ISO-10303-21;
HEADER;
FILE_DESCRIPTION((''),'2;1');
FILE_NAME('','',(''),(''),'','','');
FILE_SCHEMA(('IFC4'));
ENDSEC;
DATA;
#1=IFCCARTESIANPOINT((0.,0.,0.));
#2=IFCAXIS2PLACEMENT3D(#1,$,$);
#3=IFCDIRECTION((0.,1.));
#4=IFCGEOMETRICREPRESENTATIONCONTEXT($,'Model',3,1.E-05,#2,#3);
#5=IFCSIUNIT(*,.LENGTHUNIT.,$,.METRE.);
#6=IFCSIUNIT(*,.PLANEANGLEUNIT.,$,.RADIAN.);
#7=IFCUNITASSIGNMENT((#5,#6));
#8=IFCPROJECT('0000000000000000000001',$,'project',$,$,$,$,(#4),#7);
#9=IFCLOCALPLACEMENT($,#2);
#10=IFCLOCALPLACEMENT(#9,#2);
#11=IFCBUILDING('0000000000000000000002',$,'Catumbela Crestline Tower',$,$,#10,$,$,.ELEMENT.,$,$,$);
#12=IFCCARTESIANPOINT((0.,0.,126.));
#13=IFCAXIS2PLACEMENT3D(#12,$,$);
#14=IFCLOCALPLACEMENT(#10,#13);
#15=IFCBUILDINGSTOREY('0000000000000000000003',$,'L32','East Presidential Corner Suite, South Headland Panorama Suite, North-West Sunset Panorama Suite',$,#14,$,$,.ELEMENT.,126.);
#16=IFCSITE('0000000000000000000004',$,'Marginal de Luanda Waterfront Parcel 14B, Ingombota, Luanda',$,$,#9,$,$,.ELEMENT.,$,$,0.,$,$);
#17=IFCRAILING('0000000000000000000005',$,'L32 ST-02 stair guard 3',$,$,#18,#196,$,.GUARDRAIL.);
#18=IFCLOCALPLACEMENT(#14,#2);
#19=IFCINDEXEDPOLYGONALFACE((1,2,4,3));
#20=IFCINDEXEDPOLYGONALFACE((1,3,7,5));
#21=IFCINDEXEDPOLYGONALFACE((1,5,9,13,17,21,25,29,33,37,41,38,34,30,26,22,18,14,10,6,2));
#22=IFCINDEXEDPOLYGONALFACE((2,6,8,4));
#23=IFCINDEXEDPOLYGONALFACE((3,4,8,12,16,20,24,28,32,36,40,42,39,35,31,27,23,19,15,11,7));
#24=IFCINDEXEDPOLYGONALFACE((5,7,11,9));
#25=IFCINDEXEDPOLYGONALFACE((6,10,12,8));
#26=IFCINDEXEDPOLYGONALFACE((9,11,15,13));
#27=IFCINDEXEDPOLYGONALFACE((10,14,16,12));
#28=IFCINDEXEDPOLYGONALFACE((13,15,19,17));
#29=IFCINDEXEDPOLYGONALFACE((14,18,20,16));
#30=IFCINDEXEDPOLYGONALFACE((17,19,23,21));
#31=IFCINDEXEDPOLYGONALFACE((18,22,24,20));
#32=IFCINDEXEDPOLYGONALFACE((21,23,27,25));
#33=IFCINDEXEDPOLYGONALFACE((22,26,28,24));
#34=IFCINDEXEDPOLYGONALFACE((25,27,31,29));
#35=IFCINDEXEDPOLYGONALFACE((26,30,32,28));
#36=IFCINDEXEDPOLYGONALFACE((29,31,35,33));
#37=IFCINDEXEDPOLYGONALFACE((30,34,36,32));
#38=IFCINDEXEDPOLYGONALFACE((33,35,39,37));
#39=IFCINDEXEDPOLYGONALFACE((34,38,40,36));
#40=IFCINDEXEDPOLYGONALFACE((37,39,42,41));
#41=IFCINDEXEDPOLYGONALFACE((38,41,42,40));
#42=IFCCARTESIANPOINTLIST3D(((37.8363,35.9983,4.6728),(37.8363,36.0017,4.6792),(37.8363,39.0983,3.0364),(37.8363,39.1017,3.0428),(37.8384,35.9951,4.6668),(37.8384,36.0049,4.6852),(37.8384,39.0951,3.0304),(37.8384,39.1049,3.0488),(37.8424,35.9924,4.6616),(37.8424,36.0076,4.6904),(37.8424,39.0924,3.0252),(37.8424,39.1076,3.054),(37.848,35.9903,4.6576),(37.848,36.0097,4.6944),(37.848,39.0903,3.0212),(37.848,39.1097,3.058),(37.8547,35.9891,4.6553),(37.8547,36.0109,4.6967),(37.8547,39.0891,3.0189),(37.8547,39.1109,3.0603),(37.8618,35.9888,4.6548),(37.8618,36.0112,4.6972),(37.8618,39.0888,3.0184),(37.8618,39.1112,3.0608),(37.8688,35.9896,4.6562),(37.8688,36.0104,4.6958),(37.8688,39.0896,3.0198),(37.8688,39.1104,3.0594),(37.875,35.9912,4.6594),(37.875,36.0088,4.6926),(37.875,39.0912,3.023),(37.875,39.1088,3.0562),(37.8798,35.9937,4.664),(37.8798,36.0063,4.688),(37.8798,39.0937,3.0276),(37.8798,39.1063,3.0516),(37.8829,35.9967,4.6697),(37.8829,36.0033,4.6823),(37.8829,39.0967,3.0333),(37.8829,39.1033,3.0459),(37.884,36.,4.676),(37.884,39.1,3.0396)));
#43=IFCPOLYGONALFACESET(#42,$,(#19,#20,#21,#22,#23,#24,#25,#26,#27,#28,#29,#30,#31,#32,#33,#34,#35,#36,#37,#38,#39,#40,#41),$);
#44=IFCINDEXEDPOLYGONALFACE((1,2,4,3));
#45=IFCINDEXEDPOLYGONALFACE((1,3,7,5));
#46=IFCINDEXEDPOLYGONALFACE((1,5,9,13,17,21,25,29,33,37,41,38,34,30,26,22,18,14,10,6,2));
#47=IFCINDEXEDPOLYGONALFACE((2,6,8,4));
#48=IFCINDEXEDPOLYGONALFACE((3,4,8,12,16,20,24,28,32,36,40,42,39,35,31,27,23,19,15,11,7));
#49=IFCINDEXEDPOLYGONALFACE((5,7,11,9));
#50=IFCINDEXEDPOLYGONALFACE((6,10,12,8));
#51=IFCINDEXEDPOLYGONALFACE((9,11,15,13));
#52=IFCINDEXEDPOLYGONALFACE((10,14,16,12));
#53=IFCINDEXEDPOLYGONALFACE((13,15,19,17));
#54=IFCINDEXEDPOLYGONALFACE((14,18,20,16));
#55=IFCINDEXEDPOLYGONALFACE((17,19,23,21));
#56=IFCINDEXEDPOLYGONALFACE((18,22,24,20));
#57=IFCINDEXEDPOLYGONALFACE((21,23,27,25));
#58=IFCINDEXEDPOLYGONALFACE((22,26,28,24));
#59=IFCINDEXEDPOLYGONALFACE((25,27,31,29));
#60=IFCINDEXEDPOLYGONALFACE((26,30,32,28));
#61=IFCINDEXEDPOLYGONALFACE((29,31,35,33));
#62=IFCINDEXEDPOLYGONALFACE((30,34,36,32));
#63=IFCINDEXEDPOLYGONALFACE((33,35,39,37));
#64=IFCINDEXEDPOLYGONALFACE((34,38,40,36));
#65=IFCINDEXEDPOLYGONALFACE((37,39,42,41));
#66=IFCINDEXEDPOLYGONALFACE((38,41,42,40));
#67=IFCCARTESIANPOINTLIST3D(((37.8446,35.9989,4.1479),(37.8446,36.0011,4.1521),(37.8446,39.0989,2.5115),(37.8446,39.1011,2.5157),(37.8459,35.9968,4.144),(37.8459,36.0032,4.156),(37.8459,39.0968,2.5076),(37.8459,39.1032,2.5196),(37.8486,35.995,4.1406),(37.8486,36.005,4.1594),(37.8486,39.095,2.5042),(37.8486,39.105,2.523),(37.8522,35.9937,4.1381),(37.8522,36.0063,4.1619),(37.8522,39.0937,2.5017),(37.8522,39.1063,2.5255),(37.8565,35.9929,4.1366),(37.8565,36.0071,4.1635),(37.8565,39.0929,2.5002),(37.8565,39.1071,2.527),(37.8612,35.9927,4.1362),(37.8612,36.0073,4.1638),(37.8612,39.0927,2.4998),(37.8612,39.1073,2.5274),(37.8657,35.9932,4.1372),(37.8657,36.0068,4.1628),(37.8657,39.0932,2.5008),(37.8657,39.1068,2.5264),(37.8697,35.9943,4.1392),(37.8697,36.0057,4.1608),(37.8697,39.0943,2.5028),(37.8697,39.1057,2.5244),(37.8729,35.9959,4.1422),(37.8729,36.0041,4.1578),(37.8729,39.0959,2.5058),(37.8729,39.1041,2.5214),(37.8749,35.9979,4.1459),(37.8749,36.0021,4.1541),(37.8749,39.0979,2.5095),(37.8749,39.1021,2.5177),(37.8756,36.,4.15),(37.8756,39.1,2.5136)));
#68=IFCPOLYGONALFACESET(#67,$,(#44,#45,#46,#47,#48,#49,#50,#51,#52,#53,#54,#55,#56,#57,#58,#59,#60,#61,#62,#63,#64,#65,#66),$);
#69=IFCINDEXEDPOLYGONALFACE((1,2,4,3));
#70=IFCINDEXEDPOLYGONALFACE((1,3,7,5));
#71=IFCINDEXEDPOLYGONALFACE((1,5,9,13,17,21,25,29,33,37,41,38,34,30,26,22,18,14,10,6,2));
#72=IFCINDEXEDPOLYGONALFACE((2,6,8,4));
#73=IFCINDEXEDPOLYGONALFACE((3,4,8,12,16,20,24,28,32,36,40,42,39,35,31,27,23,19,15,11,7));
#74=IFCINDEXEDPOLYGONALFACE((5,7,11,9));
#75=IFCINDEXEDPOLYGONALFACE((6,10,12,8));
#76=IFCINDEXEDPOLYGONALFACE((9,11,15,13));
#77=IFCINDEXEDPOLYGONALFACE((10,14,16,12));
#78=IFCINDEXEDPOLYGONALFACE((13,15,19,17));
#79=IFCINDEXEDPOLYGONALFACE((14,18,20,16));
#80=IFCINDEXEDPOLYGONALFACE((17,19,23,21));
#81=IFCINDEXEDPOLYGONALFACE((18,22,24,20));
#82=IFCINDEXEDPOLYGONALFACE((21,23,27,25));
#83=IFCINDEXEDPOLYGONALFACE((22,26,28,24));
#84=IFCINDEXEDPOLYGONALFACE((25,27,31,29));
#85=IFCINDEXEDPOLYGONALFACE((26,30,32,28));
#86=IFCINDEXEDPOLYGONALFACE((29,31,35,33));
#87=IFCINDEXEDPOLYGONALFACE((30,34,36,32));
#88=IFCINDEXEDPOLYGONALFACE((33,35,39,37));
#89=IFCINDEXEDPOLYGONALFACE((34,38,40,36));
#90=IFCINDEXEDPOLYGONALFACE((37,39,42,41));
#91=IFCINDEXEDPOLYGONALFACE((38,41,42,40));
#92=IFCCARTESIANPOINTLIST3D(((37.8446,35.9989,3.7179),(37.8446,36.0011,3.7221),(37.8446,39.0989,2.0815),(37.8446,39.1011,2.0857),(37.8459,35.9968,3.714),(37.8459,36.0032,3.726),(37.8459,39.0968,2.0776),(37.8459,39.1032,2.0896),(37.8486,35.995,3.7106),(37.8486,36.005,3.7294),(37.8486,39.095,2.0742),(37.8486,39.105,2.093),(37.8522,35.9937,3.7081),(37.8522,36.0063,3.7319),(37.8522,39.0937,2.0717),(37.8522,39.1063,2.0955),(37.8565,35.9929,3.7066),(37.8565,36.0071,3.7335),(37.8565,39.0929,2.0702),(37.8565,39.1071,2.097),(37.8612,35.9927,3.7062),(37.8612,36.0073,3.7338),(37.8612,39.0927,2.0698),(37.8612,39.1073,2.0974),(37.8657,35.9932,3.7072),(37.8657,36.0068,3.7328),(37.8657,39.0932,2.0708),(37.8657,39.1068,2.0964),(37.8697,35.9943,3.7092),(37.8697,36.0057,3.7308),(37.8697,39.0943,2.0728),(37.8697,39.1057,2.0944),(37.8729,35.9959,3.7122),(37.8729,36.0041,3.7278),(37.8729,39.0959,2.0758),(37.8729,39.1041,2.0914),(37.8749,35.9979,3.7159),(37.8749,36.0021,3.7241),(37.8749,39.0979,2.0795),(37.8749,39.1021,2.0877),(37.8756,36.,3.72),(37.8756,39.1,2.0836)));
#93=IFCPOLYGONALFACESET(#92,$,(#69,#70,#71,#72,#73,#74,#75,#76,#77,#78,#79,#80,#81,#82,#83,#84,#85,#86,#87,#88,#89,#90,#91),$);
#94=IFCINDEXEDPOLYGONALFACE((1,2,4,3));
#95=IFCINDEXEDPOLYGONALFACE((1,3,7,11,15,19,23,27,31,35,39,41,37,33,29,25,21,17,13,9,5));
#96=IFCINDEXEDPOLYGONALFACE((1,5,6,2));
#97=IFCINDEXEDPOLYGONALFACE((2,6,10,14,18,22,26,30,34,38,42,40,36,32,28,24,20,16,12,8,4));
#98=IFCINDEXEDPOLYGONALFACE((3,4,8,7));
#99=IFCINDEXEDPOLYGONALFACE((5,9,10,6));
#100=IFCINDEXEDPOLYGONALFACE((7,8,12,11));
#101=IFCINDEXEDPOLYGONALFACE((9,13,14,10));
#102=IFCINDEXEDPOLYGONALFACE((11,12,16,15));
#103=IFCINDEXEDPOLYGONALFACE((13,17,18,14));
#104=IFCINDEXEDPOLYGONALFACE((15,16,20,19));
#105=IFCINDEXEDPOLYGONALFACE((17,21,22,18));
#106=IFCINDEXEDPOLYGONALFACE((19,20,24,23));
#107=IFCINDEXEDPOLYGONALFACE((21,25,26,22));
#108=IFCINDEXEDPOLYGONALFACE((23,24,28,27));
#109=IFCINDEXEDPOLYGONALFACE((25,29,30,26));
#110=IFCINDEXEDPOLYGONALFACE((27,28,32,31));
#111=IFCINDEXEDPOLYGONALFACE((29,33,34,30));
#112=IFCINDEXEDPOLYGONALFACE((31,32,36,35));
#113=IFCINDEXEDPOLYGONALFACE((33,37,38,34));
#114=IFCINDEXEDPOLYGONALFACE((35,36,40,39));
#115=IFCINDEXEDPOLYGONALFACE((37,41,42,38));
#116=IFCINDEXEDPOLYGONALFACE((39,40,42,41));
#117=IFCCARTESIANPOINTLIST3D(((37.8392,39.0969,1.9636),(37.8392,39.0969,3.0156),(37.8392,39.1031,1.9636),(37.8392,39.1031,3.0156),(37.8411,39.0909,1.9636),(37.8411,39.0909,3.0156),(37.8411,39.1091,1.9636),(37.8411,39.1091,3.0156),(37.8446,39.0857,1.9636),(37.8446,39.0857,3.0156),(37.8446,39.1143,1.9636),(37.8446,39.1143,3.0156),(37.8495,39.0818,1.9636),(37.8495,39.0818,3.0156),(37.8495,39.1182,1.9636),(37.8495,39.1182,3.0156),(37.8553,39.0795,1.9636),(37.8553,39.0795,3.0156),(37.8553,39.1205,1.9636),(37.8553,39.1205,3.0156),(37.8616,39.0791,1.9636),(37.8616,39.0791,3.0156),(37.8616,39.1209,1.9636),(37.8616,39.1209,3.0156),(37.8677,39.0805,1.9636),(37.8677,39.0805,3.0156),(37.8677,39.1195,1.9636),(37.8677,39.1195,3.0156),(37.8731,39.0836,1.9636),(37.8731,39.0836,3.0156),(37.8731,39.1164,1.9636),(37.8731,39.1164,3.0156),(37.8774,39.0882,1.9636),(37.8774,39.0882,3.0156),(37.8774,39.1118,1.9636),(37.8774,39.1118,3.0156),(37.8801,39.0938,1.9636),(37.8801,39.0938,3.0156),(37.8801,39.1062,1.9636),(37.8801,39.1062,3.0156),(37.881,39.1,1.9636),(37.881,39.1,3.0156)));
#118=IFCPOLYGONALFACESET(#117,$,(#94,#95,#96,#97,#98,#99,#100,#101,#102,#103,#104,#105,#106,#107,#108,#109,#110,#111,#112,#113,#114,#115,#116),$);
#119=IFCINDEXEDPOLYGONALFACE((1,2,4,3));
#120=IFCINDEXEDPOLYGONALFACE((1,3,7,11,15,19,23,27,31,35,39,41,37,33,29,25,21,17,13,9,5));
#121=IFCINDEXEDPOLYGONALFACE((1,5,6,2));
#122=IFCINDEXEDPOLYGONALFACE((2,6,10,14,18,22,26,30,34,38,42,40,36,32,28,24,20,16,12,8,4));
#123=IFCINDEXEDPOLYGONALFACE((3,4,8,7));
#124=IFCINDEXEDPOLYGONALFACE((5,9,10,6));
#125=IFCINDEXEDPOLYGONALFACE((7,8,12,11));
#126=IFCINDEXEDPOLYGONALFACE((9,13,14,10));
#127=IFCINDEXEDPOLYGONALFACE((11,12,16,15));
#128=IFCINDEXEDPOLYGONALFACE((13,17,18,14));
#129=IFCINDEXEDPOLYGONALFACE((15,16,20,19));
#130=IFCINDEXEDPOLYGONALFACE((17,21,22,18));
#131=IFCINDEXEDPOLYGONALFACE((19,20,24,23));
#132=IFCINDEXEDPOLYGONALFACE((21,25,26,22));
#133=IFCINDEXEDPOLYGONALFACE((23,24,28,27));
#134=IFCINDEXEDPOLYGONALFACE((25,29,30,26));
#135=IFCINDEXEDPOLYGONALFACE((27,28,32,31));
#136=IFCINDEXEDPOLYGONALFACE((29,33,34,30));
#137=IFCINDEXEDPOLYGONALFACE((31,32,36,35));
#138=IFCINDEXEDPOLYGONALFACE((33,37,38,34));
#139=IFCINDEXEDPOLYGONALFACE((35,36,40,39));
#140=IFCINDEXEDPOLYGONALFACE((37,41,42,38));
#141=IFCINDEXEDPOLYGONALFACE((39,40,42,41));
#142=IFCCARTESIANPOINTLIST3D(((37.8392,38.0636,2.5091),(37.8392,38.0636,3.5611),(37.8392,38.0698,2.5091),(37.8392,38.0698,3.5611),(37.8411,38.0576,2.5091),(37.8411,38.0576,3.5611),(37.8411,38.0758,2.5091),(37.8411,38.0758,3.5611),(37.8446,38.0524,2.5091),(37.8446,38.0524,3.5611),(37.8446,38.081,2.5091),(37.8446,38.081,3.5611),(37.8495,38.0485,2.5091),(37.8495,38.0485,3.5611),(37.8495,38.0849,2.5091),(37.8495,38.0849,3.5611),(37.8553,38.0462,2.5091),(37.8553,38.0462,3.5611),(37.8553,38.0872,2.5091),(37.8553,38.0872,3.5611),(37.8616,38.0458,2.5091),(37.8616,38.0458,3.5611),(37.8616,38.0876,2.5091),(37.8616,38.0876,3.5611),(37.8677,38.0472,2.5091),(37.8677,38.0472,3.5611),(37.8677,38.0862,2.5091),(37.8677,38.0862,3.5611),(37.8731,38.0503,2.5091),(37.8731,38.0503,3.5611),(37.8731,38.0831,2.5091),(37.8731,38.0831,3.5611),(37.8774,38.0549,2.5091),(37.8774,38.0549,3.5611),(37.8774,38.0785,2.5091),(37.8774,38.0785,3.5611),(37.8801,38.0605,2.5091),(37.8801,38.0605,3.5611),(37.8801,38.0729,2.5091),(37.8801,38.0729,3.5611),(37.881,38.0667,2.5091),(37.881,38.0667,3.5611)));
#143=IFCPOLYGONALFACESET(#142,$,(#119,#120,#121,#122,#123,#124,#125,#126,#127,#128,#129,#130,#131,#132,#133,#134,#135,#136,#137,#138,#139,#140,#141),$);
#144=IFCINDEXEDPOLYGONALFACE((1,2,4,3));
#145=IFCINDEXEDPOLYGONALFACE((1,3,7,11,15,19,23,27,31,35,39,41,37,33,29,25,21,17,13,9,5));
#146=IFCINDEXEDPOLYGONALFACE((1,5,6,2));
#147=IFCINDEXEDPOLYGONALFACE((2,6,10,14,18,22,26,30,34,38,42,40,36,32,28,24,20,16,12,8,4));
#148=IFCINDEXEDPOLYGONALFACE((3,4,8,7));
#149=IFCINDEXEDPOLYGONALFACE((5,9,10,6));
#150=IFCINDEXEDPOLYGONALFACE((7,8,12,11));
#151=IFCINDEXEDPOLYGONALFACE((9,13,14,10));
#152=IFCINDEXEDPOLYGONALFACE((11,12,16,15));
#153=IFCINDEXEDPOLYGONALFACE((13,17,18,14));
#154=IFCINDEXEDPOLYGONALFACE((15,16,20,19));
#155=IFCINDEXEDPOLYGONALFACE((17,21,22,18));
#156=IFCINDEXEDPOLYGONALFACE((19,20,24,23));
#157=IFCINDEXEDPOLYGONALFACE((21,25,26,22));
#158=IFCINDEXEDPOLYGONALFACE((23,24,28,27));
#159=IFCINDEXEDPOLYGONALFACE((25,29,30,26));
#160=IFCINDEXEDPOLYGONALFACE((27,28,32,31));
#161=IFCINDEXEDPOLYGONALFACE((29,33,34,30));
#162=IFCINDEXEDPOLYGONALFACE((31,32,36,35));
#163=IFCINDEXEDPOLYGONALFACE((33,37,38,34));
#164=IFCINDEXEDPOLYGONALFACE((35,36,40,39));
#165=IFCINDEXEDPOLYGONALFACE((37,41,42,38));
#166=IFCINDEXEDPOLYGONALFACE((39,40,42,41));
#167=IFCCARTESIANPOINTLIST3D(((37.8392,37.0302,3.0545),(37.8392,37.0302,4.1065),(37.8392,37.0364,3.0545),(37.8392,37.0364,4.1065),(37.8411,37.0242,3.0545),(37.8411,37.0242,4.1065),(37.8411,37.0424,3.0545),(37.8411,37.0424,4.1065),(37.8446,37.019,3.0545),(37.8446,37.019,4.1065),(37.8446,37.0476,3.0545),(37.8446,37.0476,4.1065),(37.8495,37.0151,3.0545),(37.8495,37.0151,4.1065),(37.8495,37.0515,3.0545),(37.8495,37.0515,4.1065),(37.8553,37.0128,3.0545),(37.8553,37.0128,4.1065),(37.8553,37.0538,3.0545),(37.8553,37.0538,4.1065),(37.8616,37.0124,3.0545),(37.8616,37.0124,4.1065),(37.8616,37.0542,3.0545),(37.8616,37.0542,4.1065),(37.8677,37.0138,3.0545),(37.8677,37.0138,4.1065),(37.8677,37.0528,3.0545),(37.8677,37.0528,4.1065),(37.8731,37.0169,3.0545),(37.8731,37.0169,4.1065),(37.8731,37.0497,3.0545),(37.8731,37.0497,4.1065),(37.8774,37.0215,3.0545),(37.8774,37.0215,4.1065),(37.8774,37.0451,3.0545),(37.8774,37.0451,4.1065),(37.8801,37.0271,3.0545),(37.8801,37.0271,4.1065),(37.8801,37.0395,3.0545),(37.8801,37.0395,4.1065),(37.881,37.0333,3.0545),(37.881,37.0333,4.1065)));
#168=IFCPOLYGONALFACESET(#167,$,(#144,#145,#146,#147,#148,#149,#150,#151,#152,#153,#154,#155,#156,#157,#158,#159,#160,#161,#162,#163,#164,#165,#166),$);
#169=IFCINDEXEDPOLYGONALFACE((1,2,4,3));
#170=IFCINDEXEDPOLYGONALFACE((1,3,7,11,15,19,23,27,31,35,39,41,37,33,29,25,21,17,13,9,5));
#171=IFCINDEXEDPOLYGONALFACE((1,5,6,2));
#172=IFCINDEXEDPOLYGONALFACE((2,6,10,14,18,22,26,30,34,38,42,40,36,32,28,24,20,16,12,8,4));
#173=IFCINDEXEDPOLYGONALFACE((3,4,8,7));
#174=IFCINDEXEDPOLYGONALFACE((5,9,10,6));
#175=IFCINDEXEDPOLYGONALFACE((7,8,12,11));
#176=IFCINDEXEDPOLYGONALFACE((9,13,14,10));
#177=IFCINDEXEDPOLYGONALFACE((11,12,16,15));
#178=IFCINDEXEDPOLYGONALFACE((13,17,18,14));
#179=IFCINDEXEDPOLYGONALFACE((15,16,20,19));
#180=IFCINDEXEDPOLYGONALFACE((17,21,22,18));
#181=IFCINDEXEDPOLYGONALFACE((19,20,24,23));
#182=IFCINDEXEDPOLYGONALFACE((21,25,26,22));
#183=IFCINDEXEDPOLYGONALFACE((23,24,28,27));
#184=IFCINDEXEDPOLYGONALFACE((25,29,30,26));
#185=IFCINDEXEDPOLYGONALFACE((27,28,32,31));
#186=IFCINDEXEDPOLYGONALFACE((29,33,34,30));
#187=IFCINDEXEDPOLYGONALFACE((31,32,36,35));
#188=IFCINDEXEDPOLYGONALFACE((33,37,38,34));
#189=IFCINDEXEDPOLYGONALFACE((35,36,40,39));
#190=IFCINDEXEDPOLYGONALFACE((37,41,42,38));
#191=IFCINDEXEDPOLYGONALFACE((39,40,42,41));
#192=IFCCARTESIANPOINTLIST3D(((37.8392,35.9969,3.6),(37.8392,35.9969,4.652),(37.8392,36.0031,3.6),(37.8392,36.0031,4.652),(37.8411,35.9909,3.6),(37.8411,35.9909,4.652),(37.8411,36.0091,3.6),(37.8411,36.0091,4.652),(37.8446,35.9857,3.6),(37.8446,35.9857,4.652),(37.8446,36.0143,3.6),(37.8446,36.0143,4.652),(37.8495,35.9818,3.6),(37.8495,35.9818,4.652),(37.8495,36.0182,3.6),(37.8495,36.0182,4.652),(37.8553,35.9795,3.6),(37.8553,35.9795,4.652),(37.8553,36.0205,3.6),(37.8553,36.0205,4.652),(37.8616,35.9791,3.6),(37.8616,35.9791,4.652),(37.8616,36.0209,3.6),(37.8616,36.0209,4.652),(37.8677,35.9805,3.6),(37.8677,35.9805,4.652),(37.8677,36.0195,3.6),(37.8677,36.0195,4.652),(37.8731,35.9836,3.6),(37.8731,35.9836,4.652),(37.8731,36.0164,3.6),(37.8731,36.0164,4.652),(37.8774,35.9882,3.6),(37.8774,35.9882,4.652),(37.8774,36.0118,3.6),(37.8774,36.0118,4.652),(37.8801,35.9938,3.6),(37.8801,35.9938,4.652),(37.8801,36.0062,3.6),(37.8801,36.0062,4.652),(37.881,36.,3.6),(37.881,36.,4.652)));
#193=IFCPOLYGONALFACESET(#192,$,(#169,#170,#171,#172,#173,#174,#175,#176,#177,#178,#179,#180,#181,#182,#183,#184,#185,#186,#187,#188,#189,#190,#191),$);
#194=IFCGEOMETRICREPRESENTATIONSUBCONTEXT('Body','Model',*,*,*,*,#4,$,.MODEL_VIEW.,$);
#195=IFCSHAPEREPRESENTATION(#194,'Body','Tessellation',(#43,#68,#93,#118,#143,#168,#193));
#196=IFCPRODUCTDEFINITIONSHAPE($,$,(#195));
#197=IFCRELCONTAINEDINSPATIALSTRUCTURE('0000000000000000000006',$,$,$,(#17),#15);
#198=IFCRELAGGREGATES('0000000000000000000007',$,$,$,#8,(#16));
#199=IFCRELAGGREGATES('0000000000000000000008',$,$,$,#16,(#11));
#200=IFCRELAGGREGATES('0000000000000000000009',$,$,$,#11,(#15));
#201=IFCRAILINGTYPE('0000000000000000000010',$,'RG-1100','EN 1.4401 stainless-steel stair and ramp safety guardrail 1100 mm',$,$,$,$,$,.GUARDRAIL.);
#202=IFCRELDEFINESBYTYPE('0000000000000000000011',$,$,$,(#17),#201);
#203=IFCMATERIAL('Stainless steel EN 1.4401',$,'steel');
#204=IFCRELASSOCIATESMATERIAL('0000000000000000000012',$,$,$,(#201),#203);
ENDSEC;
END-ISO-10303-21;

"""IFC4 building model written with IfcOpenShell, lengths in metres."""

from ifc_helpers import new_model, si_unit, direction, frame, origin, origin_2d, place, context, subcontext, project, spatial, circle, extrude, material, type_object, element, save


model = new_model("IFC4")

# Units and contexts
model_context = context("Model", 3, precision=1e-05, world=origin(), true_north=direction((0.0, 1.0)))
body_context = subcontext(model_context, "Body", "Model", "MODEL_VIEW")
ifc_project = project(units=[si_unit("LENGTHUNIT", "METRE"), si_unit("PLANEANGLEUNIT", "RADIAN")], contexts=[model_context])

# Site, building, storey
site_placement = place(None, origin())
site = spatial("IfcSite", under=ifc_project, at=site_placement, Name="Marginal de Luanda Waterfront Parcel 14B, Ingombota, Luanda", CompositionType="ELEMENT", RefElevation=0.0)
building_placement = place(site_placement, origin())
building = spatial("IfcBuilding", under=site, at=building_placement, Name="Catumbela Crestline Tower", CompositionType="ELEMENT")
storey_placement = place(building_placement, frame((0.0, 0.0, 126.0)))
storey = spatial("IfcBuildingStorey", under=building, at=storey_placement, Name="L32", Description="East Presidential Corner Suite, South Headland Panorama Suite, North-West Sunset Panorama Suite", CompositionType="ELEMENT", Elevation=126.0)

# Shared definitions
ifc_material_1 = material(Name="Stainless steel EN 1.4401", Category="steel")

# Railing
railing_type_1 = type_object("IfcRailingType", Name="RG-1100", Description="EN 1.4401 stainless-steel stair and ramp safety guardrail 1100 mm", PredefinedType="GUARDRAIL", material=ifc_material_1)
railing_1_placement = place(storey_placement, frame((37.86, 39.1, 1.9636)))
element("IfcRailing", 1, at=railing_1_placement, inside=storey, type_object=railing_type_1, Name="L32 ST-02 stair guard 3", PredefinedType="GUARDRAIL", context=body_context, shape_type="SweptSolid", body=[
    extrude(circle(Radius=0.024, at=origin_2d()), frame((0.0, 0.0, 1.076), z_axis=(0.0, -0.884351, 0.466823), x_axis=(1.0, 0.0, 0.0)), (0.0, 0.0, 1.0), 3.5054),
    extrude(circle(Radius=0.0156, at=origin_2d()), frame((0.0, 0.0, 0.55), z_axis=(0.0, -0.884351, 0.466823), x_axis=(1.0, 0.0, 0.0)), (0.0, 0.0, 1.0), 3.5054),
    extrude(circle(Radius=0.0156, at=origin_2d()), frame((0.0, 0.0, 0.12), z_axis=(0.0, -0.884351, 0.466823), x_axis=(1.0, 0.0, 0.0)), (0.0, 0.0, 1.0), 3.5054),
    extrude(circle(Radius=0.021, at=origin_2d()), origin(), (0.0, 0.0, 1.0), 1.052),
    extrude(circle(Radius=0.021, at=origin_2d()), frame((0.0, -1.0333, 0.5455)), (0.0, 0.0, 1.0), 1.052),
    extrude(circle(Radius=0.021, at=origin_2d()), frame((0.0, -2.0667, 1.0909)), (0.0, 0.0, 1.0), 1.052),
    extrude(circle(Radius=0.021, at=origin_2d()), frame((0.0, -3.1, 1.6364)), (0.0, 0.0, 1.0), 1.052),
])

save(model, "model.ifc")
